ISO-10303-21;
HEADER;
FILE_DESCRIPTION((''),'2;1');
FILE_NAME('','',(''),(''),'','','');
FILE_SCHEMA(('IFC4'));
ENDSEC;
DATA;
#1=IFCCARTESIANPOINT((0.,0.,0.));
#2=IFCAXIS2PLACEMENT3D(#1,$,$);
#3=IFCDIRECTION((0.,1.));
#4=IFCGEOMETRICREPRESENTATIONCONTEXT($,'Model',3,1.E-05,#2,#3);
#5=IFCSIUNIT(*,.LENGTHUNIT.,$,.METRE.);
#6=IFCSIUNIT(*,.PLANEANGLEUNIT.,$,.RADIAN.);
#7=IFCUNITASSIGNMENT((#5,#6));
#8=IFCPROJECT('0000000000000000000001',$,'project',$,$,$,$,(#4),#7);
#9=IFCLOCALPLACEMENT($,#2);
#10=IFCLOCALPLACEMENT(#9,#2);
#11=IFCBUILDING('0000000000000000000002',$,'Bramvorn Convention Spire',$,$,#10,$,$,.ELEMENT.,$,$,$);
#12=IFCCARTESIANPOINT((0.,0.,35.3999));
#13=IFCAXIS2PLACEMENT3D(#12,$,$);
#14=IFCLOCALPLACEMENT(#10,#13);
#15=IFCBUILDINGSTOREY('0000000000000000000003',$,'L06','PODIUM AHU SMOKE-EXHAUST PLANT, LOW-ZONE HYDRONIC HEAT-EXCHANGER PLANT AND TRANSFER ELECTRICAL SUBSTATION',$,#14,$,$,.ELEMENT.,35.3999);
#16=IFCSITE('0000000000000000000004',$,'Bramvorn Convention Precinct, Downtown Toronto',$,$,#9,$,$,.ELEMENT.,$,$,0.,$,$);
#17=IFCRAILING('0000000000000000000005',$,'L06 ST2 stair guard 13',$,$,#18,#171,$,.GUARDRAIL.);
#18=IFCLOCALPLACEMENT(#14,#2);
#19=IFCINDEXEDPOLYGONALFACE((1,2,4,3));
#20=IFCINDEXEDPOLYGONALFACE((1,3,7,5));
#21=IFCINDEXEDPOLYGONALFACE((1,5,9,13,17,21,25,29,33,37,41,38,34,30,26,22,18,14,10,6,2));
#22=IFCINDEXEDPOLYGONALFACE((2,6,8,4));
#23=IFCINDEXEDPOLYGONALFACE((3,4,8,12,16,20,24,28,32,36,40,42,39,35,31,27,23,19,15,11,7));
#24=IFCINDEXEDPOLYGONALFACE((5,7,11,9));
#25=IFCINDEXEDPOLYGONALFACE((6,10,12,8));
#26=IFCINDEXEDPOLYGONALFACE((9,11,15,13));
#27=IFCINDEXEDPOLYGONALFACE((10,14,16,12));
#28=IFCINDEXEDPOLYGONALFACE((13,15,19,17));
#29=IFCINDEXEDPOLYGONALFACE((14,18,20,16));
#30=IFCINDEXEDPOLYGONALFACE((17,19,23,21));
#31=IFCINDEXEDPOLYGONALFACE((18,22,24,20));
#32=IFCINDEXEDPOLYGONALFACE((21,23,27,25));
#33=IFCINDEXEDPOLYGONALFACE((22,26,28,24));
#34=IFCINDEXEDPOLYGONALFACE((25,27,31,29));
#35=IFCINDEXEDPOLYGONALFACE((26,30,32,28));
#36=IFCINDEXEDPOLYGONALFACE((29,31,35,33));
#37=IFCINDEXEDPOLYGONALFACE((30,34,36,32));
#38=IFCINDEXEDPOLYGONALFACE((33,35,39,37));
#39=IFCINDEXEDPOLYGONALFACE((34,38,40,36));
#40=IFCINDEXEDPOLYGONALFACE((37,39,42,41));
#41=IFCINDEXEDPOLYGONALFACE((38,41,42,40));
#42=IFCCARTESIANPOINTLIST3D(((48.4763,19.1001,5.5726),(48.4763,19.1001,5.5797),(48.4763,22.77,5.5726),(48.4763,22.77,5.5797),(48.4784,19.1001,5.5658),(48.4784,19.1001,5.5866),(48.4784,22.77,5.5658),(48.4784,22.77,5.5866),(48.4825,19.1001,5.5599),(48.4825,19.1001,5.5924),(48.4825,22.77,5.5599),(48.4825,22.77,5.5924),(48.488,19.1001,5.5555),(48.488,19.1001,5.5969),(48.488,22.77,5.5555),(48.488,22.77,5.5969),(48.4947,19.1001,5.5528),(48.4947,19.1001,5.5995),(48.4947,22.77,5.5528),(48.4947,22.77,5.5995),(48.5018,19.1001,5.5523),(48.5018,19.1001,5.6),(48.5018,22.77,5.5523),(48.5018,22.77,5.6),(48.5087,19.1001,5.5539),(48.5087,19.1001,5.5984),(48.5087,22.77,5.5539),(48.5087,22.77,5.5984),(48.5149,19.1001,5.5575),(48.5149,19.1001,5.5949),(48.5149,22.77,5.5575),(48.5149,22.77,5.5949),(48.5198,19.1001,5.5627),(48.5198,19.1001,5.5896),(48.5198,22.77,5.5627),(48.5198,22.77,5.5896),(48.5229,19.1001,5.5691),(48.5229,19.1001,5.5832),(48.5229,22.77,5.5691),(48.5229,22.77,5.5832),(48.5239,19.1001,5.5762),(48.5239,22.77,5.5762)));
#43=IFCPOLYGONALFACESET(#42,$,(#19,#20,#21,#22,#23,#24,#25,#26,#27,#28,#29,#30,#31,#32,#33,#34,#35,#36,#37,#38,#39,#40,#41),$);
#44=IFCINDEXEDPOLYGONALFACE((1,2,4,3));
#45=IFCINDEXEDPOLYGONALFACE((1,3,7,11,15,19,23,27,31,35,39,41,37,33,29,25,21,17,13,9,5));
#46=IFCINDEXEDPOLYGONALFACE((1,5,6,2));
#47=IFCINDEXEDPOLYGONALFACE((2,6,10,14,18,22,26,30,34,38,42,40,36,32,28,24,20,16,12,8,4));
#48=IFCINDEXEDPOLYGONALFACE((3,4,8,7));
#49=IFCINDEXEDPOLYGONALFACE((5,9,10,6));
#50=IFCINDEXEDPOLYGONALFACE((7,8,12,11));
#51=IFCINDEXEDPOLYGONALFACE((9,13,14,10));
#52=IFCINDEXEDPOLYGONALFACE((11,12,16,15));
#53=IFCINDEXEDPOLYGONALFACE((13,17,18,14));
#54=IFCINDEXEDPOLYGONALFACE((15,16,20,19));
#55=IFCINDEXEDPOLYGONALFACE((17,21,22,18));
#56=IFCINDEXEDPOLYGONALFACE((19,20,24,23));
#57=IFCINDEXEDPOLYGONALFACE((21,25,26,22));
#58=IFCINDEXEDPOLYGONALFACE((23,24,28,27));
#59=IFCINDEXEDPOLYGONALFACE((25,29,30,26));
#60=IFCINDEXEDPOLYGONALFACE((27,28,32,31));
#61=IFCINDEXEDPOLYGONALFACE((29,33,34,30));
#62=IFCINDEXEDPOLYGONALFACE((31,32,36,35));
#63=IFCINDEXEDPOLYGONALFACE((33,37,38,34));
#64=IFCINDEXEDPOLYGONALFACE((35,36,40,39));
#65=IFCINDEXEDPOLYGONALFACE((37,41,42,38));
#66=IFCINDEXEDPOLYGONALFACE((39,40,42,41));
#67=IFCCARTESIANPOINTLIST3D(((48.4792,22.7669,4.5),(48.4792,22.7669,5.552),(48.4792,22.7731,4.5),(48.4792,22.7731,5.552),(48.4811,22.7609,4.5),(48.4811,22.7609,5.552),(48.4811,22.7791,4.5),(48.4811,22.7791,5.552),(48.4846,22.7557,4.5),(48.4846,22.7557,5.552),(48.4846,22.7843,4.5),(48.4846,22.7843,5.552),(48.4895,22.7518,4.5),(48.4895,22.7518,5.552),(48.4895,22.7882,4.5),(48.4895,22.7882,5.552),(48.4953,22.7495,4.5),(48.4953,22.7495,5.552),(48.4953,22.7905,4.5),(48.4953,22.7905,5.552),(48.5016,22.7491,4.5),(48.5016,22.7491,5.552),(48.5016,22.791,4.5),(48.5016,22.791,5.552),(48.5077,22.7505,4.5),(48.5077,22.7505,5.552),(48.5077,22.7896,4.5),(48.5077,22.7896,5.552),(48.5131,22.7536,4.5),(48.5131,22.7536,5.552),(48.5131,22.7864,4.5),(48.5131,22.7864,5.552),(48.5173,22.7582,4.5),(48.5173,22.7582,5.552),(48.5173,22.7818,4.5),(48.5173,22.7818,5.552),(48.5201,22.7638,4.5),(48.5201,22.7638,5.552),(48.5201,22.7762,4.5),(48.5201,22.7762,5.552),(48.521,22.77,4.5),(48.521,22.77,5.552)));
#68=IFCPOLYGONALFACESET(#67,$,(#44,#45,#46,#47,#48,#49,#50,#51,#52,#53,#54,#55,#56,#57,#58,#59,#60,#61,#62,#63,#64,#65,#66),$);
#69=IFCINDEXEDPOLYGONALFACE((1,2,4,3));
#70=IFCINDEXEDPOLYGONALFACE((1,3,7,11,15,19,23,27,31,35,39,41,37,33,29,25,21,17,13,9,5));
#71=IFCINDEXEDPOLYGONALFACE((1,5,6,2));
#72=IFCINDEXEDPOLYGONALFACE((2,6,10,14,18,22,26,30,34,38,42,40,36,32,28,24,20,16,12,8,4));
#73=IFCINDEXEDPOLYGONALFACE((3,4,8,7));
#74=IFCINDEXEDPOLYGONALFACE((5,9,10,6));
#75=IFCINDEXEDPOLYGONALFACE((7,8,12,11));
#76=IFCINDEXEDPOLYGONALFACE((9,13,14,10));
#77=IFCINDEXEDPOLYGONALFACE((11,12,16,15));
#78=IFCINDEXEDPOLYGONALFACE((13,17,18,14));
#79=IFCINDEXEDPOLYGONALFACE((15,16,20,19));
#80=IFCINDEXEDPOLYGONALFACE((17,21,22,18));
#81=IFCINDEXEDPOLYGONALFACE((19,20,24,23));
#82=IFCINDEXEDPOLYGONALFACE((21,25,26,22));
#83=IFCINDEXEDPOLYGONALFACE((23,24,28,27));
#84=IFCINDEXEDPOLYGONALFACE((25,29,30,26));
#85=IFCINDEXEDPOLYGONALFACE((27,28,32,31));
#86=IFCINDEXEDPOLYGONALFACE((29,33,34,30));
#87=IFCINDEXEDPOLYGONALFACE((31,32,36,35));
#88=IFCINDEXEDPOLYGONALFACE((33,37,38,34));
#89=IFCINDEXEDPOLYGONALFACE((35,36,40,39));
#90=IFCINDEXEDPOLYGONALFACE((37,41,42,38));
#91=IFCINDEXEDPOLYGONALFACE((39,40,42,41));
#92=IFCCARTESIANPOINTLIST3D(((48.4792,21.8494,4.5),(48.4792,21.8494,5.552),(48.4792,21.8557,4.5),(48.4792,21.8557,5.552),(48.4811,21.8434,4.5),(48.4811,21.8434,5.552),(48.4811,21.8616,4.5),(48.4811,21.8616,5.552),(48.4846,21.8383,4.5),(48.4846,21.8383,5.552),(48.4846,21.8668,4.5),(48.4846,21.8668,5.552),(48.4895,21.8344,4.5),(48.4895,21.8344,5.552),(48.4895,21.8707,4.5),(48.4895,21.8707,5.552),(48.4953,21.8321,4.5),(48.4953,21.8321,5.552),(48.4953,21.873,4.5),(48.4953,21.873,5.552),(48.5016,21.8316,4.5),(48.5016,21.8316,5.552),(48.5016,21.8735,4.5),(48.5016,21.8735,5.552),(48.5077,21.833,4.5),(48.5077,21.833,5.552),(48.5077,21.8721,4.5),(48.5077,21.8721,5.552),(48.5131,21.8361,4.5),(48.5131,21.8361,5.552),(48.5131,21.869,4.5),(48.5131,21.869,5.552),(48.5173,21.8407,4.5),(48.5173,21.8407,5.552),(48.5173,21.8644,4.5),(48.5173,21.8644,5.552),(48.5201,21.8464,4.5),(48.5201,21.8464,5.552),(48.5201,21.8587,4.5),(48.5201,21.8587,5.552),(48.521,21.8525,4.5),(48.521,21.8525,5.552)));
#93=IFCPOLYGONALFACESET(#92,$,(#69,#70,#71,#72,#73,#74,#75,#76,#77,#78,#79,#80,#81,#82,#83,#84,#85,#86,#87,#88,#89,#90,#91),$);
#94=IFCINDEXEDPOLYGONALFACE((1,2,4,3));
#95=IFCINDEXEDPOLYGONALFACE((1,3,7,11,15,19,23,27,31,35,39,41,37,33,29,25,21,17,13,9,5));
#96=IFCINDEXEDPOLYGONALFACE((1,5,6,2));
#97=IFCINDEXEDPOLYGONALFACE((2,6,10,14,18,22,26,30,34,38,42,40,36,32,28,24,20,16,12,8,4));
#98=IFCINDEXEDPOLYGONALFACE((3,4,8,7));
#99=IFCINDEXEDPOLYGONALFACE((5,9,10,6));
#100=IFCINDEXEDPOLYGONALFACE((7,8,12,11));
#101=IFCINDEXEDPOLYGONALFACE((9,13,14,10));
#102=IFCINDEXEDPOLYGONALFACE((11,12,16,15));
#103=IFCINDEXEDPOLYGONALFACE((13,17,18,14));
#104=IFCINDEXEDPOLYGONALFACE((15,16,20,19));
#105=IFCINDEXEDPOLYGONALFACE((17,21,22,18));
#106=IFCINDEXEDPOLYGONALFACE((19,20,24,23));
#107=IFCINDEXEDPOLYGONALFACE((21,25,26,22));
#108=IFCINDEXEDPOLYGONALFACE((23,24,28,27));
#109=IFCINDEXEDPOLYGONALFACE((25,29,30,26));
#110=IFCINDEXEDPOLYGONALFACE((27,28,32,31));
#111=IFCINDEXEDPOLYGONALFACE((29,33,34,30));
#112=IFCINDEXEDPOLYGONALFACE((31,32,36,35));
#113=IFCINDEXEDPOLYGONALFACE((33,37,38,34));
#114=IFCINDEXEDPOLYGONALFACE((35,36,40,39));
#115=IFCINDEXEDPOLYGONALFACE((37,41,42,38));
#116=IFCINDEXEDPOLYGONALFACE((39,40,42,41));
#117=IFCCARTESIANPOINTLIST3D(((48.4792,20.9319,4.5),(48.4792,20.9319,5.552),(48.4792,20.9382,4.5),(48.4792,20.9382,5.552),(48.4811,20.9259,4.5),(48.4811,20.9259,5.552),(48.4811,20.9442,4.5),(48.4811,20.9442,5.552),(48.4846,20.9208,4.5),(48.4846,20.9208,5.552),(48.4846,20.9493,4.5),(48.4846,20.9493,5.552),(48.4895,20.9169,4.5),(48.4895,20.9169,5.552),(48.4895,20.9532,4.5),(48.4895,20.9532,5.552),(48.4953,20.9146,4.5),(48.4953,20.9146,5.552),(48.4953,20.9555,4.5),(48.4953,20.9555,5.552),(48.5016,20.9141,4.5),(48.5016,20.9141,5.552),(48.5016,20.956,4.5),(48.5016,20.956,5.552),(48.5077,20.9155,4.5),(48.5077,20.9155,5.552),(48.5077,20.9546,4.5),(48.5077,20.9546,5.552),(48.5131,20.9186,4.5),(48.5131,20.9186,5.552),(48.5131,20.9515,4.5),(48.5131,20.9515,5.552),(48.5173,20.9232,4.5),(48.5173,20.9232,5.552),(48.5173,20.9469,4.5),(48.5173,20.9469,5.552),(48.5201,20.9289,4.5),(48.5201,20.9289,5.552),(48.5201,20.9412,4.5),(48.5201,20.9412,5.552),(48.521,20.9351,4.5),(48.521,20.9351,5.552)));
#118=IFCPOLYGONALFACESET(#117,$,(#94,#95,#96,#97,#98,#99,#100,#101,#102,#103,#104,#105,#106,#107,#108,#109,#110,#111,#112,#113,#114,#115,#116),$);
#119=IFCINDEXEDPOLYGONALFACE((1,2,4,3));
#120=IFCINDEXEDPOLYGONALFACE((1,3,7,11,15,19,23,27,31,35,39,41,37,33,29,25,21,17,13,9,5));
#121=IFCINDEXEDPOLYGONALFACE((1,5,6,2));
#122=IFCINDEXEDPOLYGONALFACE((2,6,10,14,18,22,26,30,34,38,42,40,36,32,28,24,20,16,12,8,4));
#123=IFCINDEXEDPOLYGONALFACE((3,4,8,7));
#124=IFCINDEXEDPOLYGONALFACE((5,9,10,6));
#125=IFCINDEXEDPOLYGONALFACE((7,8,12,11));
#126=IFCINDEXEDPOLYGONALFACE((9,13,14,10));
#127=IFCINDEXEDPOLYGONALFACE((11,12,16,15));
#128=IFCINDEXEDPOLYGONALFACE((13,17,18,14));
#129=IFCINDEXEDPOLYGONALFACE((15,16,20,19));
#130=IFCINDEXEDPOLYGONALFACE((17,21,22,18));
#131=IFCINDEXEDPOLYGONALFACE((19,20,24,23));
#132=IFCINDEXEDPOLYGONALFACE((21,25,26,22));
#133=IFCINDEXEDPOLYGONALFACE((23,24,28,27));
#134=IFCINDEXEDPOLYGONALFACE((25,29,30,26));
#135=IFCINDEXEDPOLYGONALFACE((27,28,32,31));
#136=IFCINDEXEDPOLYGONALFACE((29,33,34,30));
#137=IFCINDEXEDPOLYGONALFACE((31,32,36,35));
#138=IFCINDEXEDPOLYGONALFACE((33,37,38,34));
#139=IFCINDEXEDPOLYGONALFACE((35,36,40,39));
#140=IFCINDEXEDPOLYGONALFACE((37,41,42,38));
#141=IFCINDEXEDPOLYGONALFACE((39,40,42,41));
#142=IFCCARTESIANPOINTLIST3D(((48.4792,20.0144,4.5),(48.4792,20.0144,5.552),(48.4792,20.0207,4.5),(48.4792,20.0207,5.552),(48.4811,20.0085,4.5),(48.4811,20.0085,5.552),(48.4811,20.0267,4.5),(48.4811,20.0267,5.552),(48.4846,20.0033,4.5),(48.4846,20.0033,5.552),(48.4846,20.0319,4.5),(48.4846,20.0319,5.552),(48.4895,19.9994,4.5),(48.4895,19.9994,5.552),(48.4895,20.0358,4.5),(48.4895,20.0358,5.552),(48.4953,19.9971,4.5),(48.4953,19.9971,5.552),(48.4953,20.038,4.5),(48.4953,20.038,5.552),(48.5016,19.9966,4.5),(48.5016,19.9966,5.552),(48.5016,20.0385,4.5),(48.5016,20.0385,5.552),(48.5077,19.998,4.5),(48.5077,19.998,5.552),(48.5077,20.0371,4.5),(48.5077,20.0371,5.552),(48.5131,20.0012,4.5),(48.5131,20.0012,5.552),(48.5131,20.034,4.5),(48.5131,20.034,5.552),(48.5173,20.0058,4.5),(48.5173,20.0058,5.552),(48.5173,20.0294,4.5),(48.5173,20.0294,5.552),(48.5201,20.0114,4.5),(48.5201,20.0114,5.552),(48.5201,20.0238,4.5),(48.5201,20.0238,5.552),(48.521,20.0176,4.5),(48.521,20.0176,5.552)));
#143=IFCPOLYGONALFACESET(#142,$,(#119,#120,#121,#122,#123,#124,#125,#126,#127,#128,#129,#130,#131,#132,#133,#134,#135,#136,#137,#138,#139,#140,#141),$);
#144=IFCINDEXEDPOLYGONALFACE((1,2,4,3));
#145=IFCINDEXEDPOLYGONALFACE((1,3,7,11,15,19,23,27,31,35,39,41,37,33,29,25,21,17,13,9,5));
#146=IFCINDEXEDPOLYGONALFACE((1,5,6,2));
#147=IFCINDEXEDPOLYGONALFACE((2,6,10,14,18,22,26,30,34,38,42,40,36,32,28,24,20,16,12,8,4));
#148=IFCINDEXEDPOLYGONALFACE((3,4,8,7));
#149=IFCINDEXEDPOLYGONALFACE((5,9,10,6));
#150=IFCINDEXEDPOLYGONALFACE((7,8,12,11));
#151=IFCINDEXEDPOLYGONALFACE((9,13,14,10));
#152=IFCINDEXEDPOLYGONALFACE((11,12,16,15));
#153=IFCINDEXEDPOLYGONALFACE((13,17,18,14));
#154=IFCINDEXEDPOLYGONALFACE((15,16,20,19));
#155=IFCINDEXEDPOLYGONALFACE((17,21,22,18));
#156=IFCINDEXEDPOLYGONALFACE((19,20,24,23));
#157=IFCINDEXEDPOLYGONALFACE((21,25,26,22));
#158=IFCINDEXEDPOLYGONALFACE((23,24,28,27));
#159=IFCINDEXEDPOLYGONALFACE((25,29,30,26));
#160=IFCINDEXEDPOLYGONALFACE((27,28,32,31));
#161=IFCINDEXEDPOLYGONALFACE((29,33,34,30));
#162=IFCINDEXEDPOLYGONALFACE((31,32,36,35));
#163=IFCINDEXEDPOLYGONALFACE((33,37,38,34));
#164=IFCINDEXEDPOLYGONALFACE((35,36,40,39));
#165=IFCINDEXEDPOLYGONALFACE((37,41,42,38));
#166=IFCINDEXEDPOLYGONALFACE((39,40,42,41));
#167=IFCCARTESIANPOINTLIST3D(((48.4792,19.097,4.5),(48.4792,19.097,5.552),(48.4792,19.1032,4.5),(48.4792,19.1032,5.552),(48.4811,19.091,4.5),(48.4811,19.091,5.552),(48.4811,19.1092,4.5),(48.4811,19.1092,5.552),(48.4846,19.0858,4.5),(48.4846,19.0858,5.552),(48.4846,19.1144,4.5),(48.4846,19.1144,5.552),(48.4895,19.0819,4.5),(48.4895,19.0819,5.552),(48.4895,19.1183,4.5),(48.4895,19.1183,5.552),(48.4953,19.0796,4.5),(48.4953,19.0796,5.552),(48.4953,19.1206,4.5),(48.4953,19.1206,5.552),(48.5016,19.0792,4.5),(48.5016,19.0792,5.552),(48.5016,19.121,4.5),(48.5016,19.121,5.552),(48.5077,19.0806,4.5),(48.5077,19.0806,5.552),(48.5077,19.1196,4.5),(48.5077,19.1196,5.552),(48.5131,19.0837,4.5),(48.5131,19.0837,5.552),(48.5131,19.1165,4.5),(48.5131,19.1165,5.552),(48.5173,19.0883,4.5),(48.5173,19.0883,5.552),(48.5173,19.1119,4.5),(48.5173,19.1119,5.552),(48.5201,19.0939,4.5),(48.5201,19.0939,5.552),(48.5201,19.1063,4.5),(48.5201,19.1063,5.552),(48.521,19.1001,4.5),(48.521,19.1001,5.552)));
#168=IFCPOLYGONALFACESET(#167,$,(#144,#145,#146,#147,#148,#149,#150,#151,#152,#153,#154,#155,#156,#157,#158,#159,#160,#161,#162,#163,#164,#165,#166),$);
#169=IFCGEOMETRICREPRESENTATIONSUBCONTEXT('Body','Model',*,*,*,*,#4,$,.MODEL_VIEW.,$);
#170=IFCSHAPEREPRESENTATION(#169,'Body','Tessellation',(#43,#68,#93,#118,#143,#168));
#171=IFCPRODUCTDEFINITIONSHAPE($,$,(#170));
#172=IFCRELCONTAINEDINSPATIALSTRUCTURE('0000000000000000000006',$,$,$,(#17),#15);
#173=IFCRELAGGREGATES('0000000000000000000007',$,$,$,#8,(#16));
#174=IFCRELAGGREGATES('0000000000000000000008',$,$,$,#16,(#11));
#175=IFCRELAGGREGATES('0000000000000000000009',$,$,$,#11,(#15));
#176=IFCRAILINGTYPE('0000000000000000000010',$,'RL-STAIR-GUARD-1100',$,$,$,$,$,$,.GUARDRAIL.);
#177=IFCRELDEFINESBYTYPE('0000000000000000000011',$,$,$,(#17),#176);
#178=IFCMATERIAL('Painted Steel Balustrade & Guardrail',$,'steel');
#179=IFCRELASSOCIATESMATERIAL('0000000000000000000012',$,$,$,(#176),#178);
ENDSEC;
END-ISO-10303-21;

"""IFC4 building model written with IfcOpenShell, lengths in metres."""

from ifc_helpers import new_model, si_unit, direction, frame, origin, origin_2d, place, context, subcontext, project, spatial, circle, extrude, material, type_object, element, save


model = new_model("IFC4")

# Units and contexts
model_context = context("Model", 3, precision=1e-05, world=origin(), true_north=direction((0.0, 1.0)))
body_context = subcontext(model_context, "Body", "Model", "MODEL_VIEW")
ifc_project = project(units=[si_unit("LENGTHUNIT", "METRE"), si_unit("PLANEANGLEUNIT", "RADIAN")], contexts=[model_context])

# Site, building, storey
site_placement = place(None, origin())
site = spatial("IfcSite", under=ifc_project, at=site_placement, Name="Bramvorn Convention Precinct, Downtown Toronto", CompositionType="ELEMENT", RefElevation=0.0)
building_placement = place(site_placement, origin())
building = spatial("IfcBuilding", under=site, at=building_placement, Name="Bramvorn Convention Spire", CompositionType="ELEMENT")
storey_placement = place(building_placement, frame((0.0, 0.0, 35.3999)))
storey = spatial("IfcBuildingStorey", under=building, at=storey_placement, Name="L06", Description="PODIUM AHU SMOKE-EXHAUST PLANT, LOW-ZONE HYDRONIC HEAT-EXCHANGER PLANT AND TRANSFER ELECTRICAL SUBSTATION", CompositionType="ELEMENT", Elevation=35.3999)

# Railing
ifc_material_1 = material(Name="Painted Steel Balustrade & Guardrail", Category="steel")
railing_type_1 = type_object("IfcRailingType", Name="RL-STAIR-GUARD-1100", PredefinedType="GUARDRAIL", material=ifc_material_1)
railing_placement = place(storey_placement, frame((48.5, 22.77, 4.5)))
element("IfcRailing", 1, at=railing_placement, inside=storey, type_object=railing_type_1, Name="L06 ST2 stair guard 13", PredefinedType="GUARDRAIL", context=body_context, shape_type="SweptSolid", body=[
    extrude(circle(Radius=0.0239, at=origin_2d()), frame((0.0, 0.0, 1.0762), z_axis=(0.0, -1.0, 0.0), x_axis=(1.0, 0.0, 0.0)), (0.0, 0.0, 1.0), 3.6699),
    extrude(circle(Radius=0.021, at=origin_2d()), origin(), (0.0, 0.0, 1.0), 1.052),
    extrude(circle(Radius=0.021, at=origin_2d()), frame((0.0, -0.9175, 0.0)), (0.0, 0.0, 1.0), 1.052),
    extrude(circle(Radius=0.021, at=origin_2d()), frame((0.0, -1.835, 0.0)), (0.0, 0.0, 1.0), 1.052),
    extrude(circle(Radius=0.021, at=origin_2d()), frame((0.0, -2.7524, 0.0)), (0.0, 0.0, 1.0), 1.052),
    extrude(circle(Radius=0.021, at=origin_2d()), frame((0.0, -3.6699, 0.0)), (0.0, 0.0, 1.0), 1.052),
])

save(model, "model.ifc")
